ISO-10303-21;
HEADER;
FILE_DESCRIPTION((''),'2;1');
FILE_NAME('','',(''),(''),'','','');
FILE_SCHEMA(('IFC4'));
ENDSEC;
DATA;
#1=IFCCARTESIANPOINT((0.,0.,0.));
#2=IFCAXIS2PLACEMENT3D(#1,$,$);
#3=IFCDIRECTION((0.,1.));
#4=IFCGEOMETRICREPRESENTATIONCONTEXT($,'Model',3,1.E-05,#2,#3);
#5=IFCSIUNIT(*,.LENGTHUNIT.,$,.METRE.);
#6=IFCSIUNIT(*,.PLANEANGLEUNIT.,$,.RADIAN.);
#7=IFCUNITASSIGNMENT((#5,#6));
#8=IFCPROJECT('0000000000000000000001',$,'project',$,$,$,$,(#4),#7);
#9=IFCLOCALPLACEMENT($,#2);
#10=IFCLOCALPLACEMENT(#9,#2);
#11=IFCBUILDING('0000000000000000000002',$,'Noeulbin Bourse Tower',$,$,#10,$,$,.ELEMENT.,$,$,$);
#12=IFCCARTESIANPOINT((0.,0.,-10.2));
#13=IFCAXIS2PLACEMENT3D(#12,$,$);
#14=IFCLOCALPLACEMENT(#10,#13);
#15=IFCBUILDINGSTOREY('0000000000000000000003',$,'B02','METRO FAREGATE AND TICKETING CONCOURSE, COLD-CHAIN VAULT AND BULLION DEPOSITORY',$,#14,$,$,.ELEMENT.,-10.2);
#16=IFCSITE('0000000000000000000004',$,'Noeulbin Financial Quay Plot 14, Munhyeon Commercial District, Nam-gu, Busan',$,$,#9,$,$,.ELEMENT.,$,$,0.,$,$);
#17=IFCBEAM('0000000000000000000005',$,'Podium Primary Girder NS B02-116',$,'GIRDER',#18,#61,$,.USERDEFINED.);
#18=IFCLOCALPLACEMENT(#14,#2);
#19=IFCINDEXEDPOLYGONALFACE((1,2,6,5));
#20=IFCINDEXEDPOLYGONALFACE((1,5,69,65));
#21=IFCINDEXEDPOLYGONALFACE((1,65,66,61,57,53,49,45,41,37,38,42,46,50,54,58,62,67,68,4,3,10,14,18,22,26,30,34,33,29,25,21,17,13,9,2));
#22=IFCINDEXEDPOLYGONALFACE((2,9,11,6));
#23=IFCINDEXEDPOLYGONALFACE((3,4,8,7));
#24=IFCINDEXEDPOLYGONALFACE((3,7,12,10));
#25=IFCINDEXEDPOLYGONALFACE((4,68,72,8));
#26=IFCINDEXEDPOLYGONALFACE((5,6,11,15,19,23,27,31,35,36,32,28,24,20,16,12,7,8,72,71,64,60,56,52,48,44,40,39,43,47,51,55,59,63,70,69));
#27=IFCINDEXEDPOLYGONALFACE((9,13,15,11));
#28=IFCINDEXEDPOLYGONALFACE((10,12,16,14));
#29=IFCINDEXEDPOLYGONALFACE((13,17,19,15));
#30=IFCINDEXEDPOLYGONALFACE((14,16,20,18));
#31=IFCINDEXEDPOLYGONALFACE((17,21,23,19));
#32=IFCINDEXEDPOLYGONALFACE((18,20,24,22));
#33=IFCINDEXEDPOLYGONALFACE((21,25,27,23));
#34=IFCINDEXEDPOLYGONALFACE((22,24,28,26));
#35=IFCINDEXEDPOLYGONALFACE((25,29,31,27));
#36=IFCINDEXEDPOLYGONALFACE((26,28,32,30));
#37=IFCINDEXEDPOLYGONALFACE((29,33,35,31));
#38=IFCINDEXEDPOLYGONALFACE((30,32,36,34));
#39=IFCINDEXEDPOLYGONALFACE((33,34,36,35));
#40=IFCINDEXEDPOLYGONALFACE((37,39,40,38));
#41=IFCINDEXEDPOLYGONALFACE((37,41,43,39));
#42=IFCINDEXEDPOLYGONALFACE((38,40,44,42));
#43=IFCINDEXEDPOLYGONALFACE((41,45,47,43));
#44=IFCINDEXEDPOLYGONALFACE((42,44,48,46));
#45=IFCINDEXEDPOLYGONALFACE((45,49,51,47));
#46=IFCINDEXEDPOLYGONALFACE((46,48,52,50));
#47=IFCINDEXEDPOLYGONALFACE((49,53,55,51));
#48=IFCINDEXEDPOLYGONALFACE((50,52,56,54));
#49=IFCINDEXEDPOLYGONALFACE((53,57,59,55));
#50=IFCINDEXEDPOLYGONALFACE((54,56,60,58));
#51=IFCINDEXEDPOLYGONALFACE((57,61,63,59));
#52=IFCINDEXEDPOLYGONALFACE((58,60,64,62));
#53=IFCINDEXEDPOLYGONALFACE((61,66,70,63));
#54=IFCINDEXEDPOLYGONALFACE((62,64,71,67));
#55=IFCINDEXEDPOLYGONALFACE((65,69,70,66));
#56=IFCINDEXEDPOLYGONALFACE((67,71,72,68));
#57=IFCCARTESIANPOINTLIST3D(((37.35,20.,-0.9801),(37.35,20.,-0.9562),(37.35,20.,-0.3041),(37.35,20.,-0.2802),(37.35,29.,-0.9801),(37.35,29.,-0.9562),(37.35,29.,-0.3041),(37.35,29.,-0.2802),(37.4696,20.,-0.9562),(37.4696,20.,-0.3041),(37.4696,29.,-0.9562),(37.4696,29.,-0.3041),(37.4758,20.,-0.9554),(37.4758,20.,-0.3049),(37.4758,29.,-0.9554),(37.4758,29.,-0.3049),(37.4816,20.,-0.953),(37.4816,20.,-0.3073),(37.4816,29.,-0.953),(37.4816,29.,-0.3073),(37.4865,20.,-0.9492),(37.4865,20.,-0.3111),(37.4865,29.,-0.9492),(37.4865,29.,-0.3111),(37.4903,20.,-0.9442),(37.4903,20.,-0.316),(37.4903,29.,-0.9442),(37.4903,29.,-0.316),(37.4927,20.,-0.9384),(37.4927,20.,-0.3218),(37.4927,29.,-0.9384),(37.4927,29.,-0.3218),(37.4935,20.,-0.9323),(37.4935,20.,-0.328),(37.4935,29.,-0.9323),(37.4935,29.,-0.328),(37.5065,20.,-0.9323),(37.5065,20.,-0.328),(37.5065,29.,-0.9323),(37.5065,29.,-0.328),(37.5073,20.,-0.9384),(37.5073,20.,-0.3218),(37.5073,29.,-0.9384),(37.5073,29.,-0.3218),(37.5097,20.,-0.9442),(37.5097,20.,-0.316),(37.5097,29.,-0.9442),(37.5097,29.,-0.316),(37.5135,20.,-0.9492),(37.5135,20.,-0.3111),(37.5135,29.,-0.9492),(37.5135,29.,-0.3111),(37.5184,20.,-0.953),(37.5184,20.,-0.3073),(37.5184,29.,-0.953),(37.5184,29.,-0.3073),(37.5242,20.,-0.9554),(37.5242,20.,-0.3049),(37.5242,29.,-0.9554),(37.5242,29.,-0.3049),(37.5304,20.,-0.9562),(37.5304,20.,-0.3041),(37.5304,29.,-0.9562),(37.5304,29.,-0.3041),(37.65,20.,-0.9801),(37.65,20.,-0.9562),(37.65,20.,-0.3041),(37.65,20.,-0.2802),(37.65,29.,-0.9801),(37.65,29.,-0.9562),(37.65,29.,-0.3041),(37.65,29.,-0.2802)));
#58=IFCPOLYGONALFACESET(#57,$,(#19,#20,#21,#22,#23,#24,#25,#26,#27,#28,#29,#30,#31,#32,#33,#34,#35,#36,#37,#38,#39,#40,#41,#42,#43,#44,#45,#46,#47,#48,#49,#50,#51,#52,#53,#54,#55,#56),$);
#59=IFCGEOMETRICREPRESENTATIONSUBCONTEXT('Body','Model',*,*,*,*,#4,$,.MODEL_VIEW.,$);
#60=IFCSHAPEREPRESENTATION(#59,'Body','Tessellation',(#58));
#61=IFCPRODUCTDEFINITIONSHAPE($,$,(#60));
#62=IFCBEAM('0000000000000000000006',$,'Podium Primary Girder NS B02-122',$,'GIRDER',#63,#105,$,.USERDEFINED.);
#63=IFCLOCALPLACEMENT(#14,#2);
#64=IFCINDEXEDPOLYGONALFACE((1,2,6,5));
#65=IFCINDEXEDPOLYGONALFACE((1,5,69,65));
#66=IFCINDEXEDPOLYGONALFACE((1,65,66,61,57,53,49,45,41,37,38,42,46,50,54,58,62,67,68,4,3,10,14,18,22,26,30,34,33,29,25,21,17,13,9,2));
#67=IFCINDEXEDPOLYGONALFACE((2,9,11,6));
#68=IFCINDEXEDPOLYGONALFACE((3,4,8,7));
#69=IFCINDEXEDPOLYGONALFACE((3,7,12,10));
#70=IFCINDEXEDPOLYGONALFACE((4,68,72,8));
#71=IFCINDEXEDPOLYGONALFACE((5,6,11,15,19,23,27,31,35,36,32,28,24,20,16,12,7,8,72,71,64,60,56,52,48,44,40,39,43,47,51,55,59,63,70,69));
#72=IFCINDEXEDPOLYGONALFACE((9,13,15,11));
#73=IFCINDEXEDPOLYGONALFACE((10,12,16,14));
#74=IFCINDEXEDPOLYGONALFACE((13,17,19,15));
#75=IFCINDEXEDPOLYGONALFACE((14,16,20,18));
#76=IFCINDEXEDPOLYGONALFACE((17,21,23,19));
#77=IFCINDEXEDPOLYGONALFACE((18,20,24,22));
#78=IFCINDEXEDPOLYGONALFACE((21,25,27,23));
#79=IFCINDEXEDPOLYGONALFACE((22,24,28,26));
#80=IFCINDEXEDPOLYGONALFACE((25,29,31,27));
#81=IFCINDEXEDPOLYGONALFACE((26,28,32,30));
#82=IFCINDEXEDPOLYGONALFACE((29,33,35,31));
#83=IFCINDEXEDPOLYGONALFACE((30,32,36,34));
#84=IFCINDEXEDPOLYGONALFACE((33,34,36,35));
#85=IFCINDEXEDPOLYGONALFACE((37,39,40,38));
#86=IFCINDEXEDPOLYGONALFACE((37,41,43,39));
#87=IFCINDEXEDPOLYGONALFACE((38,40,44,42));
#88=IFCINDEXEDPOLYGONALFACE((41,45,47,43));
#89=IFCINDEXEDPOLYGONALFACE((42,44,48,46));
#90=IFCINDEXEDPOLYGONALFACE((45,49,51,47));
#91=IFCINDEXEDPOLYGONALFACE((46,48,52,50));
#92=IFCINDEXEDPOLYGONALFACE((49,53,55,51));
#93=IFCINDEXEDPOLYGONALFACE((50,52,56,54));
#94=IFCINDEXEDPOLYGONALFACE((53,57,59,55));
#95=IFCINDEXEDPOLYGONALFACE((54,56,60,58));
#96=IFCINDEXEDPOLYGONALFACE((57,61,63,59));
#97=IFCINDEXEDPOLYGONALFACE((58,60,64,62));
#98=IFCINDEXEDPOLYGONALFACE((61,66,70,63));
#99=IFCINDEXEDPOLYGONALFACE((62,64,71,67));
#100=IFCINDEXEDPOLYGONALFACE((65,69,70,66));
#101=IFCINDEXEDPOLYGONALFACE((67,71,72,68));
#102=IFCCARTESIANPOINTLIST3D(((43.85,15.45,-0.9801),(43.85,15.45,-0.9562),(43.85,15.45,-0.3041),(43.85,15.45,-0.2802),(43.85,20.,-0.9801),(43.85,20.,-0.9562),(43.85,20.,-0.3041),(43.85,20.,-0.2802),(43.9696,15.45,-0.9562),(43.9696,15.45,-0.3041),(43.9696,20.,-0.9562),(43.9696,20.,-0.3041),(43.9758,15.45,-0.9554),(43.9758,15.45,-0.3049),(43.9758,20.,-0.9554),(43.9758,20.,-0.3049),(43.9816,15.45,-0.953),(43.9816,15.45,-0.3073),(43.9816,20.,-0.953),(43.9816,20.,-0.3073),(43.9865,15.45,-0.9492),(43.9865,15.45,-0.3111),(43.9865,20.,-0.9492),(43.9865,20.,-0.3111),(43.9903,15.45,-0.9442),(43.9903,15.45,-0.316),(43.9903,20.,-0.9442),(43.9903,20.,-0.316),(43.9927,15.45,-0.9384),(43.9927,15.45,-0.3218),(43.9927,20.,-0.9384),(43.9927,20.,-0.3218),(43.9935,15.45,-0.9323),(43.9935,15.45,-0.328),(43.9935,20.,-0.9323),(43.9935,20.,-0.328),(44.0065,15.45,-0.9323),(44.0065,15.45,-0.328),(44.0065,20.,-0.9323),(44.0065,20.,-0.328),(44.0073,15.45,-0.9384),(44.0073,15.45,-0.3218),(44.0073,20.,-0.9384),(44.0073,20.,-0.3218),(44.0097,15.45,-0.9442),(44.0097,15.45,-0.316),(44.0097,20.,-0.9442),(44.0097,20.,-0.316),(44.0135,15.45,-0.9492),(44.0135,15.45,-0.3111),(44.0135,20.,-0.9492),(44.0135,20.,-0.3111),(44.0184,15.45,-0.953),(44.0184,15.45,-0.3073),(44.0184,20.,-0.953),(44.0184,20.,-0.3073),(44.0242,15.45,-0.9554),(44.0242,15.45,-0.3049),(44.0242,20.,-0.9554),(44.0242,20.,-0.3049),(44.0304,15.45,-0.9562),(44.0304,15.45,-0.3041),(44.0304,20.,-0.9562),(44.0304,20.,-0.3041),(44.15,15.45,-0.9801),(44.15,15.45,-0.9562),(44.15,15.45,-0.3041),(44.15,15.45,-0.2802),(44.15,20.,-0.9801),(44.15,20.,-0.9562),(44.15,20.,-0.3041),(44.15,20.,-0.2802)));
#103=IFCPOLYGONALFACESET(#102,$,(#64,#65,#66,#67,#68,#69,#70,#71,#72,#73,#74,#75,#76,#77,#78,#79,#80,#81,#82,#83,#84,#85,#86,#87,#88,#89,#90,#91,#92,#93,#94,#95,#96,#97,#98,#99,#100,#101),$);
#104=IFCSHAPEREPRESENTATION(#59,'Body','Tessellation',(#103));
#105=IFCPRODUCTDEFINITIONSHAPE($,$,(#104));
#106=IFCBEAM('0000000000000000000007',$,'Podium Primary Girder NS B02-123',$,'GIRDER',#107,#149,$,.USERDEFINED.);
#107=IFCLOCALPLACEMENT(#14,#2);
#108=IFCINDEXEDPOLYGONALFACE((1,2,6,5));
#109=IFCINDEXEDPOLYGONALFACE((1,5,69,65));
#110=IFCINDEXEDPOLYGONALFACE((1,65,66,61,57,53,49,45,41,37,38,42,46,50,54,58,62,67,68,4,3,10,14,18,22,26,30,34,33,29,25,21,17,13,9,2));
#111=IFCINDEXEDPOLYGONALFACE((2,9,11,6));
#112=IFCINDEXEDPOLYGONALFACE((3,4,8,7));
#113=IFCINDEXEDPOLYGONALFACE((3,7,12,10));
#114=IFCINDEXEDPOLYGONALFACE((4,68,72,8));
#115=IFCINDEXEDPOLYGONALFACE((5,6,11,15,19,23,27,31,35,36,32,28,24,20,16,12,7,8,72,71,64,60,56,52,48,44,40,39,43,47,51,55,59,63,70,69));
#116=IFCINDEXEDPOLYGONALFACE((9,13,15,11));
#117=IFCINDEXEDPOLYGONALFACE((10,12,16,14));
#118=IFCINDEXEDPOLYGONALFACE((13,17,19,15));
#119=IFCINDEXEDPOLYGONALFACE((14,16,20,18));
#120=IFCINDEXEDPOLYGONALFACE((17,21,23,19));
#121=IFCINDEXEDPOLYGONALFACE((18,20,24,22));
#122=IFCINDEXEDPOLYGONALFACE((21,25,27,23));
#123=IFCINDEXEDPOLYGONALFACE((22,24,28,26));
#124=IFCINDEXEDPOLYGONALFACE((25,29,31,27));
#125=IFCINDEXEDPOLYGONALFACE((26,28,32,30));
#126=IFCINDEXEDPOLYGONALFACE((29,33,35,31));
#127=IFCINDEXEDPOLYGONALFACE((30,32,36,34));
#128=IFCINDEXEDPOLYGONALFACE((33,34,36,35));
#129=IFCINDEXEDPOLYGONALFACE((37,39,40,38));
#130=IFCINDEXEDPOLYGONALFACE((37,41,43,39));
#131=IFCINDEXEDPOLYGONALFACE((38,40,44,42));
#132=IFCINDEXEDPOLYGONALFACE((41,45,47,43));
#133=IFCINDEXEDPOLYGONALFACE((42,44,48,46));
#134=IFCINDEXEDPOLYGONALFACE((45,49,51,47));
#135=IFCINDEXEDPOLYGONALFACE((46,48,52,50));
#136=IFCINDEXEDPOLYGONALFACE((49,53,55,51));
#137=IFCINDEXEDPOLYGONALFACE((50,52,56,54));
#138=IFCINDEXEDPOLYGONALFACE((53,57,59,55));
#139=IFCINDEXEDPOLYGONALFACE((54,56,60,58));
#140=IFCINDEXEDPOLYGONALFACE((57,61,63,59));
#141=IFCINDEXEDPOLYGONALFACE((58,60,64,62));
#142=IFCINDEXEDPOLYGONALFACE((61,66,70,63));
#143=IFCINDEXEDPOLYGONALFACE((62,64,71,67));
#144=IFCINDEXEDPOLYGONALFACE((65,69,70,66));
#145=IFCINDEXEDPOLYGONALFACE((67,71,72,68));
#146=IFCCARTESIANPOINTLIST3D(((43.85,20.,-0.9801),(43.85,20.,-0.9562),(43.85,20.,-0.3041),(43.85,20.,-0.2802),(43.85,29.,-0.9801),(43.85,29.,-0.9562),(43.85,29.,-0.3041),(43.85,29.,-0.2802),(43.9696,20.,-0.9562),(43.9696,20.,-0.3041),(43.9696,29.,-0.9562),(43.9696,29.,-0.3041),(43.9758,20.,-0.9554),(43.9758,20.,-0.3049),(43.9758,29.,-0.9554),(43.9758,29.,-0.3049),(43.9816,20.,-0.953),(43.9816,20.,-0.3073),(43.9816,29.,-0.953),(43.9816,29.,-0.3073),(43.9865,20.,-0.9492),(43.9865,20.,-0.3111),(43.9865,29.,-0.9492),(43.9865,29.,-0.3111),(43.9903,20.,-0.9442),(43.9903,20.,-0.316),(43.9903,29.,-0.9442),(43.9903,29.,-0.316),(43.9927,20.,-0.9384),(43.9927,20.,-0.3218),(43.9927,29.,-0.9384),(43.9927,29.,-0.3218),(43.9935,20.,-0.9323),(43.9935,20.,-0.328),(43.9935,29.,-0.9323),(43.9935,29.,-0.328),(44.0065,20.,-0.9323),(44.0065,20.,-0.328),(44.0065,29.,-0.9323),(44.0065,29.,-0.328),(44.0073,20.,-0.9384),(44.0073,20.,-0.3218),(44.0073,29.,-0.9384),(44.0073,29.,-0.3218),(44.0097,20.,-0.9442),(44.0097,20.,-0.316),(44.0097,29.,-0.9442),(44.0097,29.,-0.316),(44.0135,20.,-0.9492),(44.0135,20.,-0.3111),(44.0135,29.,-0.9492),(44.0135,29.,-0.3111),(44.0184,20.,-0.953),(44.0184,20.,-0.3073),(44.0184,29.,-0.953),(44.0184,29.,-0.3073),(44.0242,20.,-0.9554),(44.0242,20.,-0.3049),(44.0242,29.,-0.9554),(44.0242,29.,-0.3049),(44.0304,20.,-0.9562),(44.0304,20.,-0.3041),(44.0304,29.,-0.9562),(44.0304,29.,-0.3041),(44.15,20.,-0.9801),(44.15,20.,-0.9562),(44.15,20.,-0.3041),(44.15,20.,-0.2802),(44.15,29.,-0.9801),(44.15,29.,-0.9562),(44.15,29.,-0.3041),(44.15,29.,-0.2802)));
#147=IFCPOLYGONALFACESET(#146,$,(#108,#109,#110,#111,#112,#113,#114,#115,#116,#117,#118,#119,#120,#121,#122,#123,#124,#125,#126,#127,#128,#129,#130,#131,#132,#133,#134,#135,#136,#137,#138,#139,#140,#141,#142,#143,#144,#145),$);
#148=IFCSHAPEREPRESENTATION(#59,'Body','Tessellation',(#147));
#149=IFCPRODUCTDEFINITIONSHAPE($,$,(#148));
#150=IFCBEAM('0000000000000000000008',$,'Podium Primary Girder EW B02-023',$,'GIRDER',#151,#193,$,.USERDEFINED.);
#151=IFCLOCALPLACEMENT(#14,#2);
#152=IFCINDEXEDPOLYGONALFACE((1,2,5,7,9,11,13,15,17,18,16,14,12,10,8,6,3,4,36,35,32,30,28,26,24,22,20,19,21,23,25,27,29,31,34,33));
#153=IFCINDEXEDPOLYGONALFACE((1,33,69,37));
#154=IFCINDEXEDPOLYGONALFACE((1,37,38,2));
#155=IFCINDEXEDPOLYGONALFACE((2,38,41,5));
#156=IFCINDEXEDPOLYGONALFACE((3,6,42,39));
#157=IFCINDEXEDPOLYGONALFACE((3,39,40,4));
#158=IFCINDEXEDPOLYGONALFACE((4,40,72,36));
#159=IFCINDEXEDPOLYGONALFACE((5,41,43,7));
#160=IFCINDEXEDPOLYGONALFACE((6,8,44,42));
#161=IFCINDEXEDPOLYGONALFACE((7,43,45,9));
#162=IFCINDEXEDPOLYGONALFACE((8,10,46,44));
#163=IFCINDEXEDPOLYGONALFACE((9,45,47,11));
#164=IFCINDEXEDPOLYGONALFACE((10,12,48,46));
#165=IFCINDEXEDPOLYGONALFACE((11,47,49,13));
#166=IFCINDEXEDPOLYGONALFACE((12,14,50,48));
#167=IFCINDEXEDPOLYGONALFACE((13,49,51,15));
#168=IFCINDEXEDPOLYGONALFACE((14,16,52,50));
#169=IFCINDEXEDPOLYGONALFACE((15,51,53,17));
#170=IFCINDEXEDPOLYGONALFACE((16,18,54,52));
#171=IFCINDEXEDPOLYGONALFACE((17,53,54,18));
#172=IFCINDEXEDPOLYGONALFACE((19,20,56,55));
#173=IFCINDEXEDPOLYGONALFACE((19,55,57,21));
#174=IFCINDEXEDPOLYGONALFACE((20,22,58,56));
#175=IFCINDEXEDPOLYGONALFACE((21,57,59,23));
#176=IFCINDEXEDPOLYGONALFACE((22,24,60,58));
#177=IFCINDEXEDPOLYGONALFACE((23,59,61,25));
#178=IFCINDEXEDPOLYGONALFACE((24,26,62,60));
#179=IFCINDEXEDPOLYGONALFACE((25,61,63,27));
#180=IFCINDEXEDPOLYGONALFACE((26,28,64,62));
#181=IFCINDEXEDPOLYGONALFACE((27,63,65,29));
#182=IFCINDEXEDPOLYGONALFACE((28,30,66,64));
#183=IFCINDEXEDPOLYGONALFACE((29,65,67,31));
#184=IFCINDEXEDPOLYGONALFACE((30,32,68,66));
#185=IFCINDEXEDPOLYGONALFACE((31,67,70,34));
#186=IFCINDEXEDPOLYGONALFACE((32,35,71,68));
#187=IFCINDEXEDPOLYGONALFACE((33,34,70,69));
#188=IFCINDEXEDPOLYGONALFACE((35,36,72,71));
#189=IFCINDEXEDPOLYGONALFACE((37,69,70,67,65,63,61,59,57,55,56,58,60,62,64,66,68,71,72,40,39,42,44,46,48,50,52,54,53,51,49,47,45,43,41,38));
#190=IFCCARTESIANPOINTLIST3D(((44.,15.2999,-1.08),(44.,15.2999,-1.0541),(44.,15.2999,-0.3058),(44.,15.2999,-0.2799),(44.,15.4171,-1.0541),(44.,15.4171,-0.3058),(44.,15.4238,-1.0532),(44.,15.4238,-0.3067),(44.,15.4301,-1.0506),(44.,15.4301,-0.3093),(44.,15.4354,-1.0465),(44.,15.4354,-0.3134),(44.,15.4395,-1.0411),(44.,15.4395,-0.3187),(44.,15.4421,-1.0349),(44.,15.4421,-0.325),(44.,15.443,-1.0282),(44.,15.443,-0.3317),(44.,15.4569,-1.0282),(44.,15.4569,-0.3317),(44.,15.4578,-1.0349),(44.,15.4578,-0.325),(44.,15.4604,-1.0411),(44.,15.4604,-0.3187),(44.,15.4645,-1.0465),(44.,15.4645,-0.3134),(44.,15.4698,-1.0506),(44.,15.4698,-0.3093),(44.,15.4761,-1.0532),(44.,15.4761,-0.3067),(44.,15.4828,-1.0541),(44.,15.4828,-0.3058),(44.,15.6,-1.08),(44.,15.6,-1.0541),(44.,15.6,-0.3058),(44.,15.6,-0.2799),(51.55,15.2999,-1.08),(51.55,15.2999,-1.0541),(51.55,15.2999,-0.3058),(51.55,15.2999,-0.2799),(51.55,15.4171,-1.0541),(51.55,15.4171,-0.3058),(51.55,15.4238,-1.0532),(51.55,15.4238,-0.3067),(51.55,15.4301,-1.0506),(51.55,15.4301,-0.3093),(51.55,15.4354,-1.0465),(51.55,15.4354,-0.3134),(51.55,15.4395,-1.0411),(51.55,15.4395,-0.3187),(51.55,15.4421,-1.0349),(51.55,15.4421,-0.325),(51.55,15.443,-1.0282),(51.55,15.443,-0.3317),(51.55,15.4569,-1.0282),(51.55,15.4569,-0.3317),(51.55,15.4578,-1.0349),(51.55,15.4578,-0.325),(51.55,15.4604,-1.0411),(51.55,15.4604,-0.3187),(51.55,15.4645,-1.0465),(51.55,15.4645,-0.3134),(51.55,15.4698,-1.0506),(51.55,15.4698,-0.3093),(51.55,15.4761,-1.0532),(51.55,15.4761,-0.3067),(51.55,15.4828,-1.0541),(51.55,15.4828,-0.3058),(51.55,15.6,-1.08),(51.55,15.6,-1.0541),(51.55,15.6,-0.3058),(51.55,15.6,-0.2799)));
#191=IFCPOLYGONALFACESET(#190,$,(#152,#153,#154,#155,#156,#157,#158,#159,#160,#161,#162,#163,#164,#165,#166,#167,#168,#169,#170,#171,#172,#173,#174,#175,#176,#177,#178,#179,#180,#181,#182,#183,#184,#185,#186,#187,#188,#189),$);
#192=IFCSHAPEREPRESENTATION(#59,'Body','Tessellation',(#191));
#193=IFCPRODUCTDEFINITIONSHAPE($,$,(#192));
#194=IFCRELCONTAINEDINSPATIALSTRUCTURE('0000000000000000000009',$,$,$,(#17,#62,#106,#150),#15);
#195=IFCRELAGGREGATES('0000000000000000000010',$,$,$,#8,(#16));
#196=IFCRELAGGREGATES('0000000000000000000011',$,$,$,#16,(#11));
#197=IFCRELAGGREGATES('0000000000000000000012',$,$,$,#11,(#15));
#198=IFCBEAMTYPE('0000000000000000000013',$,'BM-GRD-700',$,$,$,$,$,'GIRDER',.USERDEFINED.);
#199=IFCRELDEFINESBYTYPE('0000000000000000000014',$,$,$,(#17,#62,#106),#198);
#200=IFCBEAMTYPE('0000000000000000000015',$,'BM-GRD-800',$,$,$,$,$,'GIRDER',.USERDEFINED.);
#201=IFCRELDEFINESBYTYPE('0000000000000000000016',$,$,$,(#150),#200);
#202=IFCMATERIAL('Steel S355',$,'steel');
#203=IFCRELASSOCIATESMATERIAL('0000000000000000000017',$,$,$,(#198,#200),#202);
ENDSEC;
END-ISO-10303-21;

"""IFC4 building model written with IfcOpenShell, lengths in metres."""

from ifc_helpers import new_model, si_unit, direction, frame, origin, origin_2d, place, context, subcontext, project, spatial, i_section, extrude, material, material_profile, profile_set, type_object, element, save


model = new_model("IFC4")

# Units and contexts
model_context = context("Model", 3, precision=1e-05, world=origin(), true_north=direction((0.0, 1.0)))
body_context = subcontext(model_context, "Body", "Model", "MODEL_VIEW")
ifc_project = project(units=[si_unit("LENGTHUNIT", "METRE"), si_unit("PLANEANGLEUNIT", "RADIAN")], contexts=[model_context])

# Site, building, storey
site_placement = place(None, origin())
site = spatial("IfcSite", under=ifc_project, at=site_placement, Name="Noeulbin Financial Quay Plot 14, Munhyeon Commercial District, Nam-gu, Busan", CompositionType="ELEMENT", RefElevation=0.0)
building_placement = place(site_placement, origin())
building = spatial("IfcBuilding", under=site, at=building_placement, Name="Noeulbin Bourse Tower", CompositionType="ELEMENT")
storey_placement = place(building_placement, frame((0.0, 0.0, -10.2)))
storey = spatial("IfcBuildingStorey", under=building, at=storey_placement, Name="B02", Description="METRO FAREGATE AND TICKETING CONCOURSE, COLD-CHAIN VAULT AND BULLION DEPOSITORY", CompositionType="ELEMENT", Elevation=-10.2)

# Beams
ifc_material_1 = material(Name="Steel S355", Category="steel")
ifc_material_profile_1 = material_profile(ifc_material_1, i_section(OverallWidth=0.3, OverallDepth=0.7, WebThickness=0.0129, FlangeThickness=0.0239, FilletRadius=0.0239, at=origin_2d()), Name="H-700x300x13x24", Category="LoadBearing")
ifc_profile_set_1 = profile_set([ifc_material_profile_1], Name="Steel S355")
beam_type_1 = type_object("IfcBeamType", Name="BM-GRD-700", ElementType="GIRDER", PredefinedType="USERDEFINED", material=ifc_profile_set_1)
beam_1_placement = place(storey_placement, frame((37.5, 20.0, -0.6301), z_axis=(0.0, 1.0, 0.0), x_axis=(-1.0, 0.0, 0.0)))
element("IfcBeam", 1, at=beam_1_placement, inside=storey, type_object=beam_type_1, Name="Podium Primary Girder NS B02-116", ObjectType="GIRDER", PredefinedType="USERDEFINED", context=body_context, shape_type="SweptSolid", body=[
    extrude(i_section(OverallWidth=0.3, OverallDepth=0.7, WebThickness=0.0129, FlangeThickness=0.0239, FilletRadius=0.0239, at=origin_2d()), origin(), (0.0, 0.0, 1.0), 9.0),
])
beam_2_placement = place(storey_placement, frame((44.0, 15.45, -0.6301), z_axis=(0.0, 1.0, 0.0), x_axis=(-1.0, 0.0, 0.0)))
element("IfcBeam", 2, at=beam_2_placement, inside=storey, type_object=beam_type_1, Name="Podium Primary Girder NS B02-122", ObjectType="GIRDER", PredefinedType="USERDEFINED", context=body_context, shape_type="SweptSolid", body=[
    extrude(i_section(OverallWidth=0.3, OverallDepth=0.7, WebThickness=0.0129, FlangeThickness=0.0239, FilletRadius=0.0239, at=origin_2d()), origin(), (0.0, 0.0, 1.0), 4.55),
])
beam_3_placement = place(storey_placement, frame((44.0, 20.0, -0.6301), z_axis=(0.0, 1.0, 0.0), x_axis=(-1.0, 0.0, 0.0)))
element("IfcBeam", 3, at=beam_3_placement, inside=storey, type_object=beam_type_1, Name="Podium Primary Girder NS B02-123", ObjectType="GIRDER", PredefinedType="USERDEFINED", context=body_context, shape_type="SweptSolid", body=[
    extrude(i_section(OverallWidth=0.3, OverallDepth=0.7, WebThickness=0.0129, FlangeThickness=0.0239, FilletRadius=0.0239, at=origin_2d()), origin(), (0.0, 0.0, 1.0), 9.0),
])
ifc_material_profile_2 = material_profile(ifc_material_1, i_section(OverallWidth=0.3, OverallDepth=0.8, WebThickness=0.0139, FlangeThickness=0.0259, FilletRadius=0.0259, at=origin_2d()), Name="H-800x300x14x26", Category="LoadBearing")
ifc_profile_set_2 = profile_set([ifc_material_profile_2], Name="Steel S355")
beam_type_2 = type_object("IfcBeamType", Name="BM-GRD-800", ElementType="GIRDER", PredefinedType="USERDEFINED", material=ifc_profile_set_2)
beam_4_placement = place(storey_placement, frame((44.0, 15.45, -0.6799), z_axis=(1.0, 0.0, 0.0), x_axis=(0.0, 1.0, 0.0)))
element("IfcBeam", 4, at=beam_4_placement, inside=storey, type_object=beam_type_2, Name="Podium Primary Girder EW B02-023", ObjectType="GIRDER", PredefinedType="USERDEFINED", context=body_context, shape_type="SweptSolid", body=[
    extrude(i_section(OverallWidth=0.3, OverallDepth=0.8, WebThickness=0.0139, FlangeThickness=0.0259, FilletRadius=0.0259, at=origin_2d()), origin(), (0.0, 0.0, 1.0), 7.55),
])

save(model, "model.ifc")
